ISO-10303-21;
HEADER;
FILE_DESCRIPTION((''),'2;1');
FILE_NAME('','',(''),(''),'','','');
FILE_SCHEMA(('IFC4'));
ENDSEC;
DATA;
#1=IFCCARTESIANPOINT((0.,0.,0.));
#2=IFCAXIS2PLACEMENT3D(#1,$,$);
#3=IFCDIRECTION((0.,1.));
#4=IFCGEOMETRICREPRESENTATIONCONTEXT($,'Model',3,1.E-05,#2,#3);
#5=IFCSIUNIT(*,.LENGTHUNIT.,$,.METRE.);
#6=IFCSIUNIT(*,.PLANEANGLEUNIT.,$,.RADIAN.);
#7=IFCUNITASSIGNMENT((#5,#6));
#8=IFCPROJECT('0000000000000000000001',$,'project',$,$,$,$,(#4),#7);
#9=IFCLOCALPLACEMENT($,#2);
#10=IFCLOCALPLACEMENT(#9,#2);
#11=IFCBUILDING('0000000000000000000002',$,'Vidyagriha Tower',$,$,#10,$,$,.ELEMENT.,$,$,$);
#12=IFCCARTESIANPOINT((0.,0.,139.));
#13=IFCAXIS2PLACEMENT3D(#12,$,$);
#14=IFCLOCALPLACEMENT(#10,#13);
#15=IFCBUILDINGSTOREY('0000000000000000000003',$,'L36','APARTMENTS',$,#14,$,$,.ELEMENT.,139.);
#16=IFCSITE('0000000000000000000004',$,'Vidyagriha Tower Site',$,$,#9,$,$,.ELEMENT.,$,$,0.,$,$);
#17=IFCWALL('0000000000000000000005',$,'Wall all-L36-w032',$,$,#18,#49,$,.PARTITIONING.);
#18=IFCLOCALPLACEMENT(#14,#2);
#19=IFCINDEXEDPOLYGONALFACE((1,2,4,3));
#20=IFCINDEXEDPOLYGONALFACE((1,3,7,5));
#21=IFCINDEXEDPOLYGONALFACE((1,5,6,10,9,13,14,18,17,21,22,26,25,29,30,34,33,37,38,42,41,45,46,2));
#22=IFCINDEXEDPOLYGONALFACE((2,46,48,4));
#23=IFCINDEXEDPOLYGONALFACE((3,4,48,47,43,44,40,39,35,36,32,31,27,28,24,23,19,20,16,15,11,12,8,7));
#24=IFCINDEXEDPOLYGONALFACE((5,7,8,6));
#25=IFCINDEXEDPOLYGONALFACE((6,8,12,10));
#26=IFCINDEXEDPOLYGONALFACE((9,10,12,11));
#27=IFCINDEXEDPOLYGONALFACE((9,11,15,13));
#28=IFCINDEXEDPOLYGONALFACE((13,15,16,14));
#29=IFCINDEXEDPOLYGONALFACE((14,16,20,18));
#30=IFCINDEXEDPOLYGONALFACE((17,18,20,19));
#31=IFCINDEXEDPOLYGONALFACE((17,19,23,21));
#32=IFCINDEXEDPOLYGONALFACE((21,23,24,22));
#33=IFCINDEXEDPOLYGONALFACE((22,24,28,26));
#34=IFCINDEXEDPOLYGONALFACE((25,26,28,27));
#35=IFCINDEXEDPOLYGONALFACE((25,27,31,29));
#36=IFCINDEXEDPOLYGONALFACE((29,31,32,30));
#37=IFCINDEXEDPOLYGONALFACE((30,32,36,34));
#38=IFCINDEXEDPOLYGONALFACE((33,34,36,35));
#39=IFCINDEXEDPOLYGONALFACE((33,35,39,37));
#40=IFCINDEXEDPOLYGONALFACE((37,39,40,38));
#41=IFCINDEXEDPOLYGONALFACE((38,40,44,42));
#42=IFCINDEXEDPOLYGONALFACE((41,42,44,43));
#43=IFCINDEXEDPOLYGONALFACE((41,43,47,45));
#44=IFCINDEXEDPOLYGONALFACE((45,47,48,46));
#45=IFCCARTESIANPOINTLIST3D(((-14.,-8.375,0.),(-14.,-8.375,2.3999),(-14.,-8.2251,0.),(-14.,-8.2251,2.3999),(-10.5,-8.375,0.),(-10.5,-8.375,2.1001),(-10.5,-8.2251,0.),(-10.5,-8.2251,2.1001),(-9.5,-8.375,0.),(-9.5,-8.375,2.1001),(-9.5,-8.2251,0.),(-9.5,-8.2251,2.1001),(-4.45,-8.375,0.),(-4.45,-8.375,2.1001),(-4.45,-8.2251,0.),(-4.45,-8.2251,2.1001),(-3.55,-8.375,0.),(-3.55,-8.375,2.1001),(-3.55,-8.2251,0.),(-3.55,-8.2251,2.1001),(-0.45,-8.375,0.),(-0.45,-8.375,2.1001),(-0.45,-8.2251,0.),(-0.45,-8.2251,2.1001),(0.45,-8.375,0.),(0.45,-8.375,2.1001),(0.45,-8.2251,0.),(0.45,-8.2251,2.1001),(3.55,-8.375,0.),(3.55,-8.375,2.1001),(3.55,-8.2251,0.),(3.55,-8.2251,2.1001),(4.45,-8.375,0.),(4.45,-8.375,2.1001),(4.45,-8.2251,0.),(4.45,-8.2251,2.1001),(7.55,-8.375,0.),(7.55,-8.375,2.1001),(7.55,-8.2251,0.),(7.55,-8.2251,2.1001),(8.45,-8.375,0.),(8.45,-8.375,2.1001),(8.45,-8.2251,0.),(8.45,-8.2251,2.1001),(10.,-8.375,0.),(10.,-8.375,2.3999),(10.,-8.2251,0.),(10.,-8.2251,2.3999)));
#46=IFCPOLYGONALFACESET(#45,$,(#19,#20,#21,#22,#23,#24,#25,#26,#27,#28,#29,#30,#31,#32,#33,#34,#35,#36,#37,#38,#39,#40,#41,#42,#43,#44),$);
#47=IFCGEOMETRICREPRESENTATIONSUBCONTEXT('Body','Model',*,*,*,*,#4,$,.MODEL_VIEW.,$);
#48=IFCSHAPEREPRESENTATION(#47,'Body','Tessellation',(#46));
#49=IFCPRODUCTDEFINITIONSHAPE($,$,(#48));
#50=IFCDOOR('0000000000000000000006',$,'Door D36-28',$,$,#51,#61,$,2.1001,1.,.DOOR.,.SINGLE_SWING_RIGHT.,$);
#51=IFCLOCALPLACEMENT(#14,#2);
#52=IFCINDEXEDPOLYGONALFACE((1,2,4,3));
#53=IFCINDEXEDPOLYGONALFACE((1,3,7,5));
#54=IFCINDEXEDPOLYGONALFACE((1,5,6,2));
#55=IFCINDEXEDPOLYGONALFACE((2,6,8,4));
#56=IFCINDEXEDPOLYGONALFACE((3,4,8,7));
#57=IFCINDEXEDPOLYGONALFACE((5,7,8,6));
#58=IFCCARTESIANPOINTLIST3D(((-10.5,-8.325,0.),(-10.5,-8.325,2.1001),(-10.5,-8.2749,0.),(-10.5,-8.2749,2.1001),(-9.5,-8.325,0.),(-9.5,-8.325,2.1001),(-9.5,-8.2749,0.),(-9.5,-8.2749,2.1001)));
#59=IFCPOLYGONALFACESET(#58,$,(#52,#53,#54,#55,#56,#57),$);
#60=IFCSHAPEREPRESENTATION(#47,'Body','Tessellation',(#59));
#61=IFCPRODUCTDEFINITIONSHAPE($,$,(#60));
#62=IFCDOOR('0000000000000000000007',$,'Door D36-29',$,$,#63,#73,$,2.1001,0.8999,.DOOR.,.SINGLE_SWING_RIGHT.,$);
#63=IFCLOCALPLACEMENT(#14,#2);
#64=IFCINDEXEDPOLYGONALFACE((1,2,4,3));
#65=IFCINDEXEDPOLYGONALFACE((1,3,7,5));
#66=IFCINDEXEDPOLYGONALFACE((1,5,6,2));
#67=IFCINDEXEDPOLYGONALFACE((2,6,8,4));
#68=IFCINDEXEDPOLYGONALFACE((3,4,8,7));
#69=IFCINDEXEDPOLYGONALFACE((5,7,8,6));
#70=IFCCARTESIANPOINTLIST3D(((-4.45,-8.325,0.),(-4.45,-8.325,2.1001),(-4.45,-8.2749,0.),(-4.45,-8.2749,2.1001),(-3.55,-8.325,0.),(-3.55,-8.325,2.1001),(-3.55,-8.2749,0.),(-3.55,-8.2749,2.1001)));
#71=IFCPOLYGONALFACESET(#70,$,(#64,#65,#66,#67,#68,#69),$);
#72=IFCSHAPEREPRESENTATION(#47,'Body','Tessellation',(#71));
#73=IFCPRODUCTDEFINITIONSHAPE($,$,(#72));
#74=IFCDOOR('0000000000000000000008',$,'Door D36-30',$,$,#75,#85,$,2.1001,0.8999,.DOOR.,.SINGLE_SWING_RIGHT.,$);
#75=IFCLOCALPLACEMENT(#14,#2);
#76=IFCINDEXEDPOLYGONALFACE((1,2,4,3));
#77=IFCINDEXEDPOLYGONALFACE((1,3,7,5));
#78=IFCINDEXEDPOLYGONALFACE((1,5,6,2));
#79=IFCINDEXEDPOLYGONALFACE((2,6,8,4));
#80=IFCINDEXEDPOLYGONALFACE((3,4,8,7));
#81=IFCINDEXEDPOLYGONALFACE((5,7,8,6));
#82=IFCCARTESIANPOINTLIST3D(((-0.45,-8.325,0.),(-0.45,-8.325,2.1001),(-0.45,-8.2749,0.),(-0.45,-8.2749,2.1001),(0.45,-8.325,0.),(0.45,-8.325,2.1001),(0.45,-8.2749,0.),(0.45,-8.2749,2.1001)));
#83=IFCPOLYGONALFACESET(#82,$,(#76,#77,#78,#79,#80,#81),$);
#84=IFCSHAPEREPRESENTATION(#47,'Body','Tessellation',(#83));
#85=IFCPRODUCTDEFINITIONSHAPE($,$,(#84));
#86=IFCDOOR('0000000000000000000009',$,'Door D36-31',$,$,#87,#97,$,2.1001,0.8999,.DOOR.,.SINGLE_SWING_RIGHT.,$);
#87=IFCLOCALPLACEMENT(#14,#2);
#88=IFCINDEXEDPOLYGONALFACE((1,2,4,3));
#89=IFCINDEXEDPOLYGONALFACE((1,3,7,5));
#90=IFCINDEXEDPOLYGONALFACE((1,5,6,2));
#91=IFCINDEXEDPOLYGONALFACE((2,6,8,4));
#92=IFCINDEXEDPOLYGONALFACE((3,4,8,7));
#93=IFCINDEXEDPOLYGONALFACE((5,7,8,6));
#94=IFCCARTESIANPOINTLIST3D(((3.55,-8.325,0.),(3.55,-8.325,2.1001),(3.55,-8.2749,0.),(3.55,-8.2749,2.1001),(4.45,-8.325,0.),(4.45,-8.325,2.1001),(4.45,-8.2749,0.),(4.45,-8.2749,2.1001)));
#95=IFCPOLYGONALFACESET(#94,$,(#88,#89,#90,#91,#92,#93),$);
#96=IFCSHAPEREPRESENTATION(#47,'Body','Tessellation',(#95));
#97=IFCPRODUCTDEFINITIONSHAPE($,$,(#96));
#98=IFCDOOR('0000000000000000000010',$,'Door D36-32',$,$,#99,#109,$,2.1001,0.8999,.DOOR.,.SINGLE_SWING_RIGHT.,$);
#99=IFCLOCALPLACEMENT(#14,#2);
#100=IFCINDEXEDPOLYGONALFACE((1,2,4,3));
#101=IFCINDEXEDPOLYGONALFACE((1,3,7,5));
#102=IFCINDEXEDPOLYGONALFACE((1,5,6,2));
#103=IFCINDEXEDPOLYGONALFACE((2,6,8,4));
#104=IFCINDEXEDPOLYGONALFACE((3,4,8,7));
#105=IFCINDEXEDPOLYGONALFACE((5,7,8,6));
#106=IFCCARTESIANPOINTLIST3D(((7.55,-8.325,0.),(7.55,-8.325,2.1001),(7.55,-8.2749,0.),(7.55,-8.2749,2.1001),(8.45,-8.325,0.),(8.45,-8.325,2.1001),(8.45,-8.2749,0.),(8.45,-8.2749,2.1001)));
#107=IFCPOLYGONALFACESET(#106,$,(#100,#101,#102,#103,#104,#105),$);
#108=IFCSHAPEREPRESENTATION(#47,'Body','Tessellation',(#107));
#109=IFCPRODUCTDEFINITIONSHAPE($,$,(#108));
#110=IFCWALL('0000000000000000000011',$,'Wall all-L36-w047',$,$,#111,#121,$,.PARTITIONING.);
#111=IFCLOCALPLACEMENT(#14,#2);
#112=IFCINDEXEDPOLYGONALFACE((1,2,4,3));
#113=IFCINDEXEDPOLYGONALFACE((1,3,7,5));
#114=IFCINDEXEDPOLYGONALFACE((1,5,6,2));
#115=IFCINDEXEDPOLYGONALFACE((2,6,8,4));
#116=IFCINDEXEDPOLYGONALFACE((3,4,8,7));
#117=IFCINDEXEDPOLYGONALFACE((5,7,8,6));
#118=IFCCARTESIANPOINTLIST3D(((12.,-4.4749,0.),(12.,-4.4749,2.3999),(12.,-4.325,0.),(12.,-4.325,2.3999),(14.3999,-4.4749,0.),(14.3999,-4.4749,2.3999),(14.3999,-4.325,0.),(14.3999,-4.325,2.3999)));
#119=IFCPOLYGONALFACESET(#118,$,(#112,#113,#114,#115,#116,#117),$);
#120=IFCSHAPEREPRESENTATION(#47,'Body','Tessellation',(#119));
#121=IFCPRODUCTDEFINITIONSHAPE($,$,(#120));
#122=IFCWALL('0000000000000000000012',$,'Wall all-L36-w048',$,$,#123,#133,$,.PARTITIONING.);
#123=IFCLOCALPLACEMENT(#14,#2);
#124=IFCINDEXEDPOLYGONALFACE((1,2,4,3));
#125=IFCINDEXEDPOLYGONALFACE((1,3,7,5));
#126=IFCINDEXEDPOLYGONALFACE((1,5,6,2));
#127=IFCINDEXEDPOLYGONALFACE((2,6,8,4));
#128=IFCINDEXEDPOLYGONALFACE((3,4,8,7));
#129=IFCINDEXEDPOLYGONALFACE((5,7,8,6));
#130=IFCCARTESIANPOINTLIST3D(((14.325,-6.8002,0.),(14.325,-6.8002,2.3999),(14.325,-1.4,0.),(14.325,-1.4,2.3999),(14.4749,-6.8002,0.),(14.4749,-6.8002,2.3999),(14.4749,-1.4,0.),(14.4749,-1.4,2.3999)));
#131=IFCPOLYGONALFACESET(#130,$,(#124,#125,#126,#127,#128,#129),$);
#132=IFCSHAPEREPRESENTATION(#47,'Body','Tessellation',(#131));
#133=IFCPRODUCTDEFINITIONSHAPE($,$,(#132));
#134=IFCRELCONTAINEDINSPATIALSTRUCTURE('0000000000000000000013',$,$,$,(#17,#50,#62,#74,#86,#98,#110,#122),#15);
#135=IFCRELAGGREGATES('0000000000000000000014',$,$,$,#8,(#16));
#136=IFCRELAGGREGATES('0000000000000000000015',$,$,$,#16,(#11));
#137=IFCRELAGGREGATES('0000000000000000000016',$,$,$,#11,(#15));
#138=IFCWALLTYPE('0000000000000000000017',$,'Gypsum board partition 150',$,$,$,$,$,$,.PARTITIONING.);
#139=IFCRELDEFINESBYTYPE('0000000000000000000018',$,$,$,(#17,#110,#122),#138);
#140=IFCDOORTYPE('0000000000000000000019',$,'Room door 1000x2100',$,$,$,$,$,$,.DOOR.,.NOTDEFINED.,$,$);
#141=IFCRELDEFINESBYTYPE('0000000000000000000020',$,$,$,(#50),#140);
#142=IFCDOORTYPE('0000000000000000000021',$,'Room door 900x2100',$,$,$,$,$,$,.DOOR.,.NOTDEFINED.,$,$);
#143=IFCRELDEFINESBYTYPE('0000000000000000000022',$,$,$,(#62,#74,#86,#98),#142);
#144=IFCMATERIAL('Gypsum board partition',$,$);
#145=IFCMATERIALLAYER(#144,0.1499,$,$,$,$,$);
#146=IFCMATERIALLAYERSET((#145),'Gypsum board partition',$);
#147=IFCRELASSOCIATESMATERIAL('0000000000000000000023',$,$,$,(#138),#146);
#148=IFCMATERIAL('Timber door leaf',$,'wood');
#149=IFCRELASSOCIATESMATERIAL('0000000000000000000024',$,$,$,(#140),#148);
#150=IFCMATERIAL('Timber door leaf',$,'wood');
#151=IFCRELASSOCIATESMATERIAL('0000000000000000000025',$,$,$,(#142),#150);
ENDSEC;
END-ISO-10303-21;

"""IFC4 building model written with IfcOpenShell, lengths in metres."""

from ifc_helpers import new_model, si_unit, direction, frame, frame_2d, origin, place, context, subcontext, project, spatial, rectangle, extrude, material, layer, layer_set, type_object, element, fill, save


model = new_model("IFC4")

# Units and contexts
model_context = context("Model", 3, precision=1e-05, world=origin(), true_north=direction((0.0, 1.0)))
body_context = subcontext(model_context, "Body", "Model", "MODEL_VIEW")
ifc_project = project(units=[si_unit("LENGTHUNIT", "METRE"), si_unit("PLANEANGLEUNIT", "RADIAN")], contexts=[model_context])

# Site, building, storey
site_placement = place(None, origin())
site = spatial("IfcSite", under=ifc_project, at=site_placement, Name="Vidyagriha Tower Site", CompositionType="ELEMENT", RefElevation=0.0)
building_placement = place(site_placement, origin())
building = spatial("IfcBuilding", under=site, at=building_placement, Name="Vidyagriha Tower", CompositionType="ELEMENT")
storey_placement = place(building_placement, frame((0.0, 0.0, 139.0)))
storey = spatial("IfcBuildingStorey", under=building, at=storey_placement, Name="L36", Description="APARTMENTS", CompositionType="ELEMENT", Elevation=139.0)

# Wall, openings, doors
ifc_material_1 = material(Name="Gypsum board partition")
ifc_layer_1 = layer(ifc_material_1, 0.1499)
ifc_layer_set_1 = layer_set([ifc_layer_1], Name="Gypsum board partition")
wall_type_1 = type_object("IfcWallType", Name="Gypsum board partition 150", PredefinedType="PARTITIONING", material=ifc_layer_set_1)
wall_1_placement = place(storey_placement, frame((10.0, -8.3, 0.0), z_axis=(0.0, 0.0, 1.0), x_axis=(-1.0, 0.0, 0.0)))
wall_1 = element("IfcWall", 1, at=wall_1_placement, inside=storey, type_object=wall_type_1, Name="Wall all-L36-w032", PredefinedType="PARTITIONING", context=body_context, shape_type="SweptSolid", body=[
    extrude(rectangle(XDim=24.0, YDim=0.1499, at=frame_2d((12.0, 0.0))), origin(), (0.0, 0.0, 1.0), 2.3999),
])
opening_1_placement = place(wall_1_placement, frame((19.5, 0.0, 0.0)))
opening_1 = element("IfcOpeningElement", 2, at=opening_1_placement, cuts=wall_1, PredefinedType="OPENING", context=body_context, shape_type="SweptSolid", body=[
    extrude(rectangle(XDim=1.0, YDim=2.1001, at=frame_2d((0.5, 1.05))), frame((0.0, 0.085, 0.0), z_axis=(0.0, -1.0, 0.0), x_axis=(1.0, 0.0, 0.0)), (0.0, 0.0, 1.0), 0.1699),
])
opening_2_placement = place(wall_1_placement, frame((13.55, 0.0, 0.0)))
opening_2 = element("IfcOpeningElement", 3, at=opening_2_placement, cuts=wall_1, PredefinedType="OPENING", context=body_context, shape_type="SweptSolid", body=[
    extrude(rectangle(XDim=0.8999, YDim=2.1001, at=frame_2d((0.45, 1.05))), frame((0.0, 0.085, 0.0), z_axis=(0.0, -1.0, 0.0), x_axis=(1.0, 0.0, 0.0)), (0.0, 0.0, 1.0), 0.1699),
])
opening_3_placement = place(wall_1_placement, frame((9.55, 0.0, 0.0)))
opening_3 = element("IfcOpeningElement", 4, at=opening_3_placement, cuts=wall_1, PredefinedType="OPENING", context=body_context, shape_type="SweptSolid", body=[
    extrude(rectangle(XDim=0.8999, YDim=2.1001, at=frame_2d((0.45, 1.05))), frame((0.0, 0.085, 0.0), z_axis=(0.0, -1.0, 0.0), x_axis=(1.0, 0.0, 0.0)), (0.0, 0.0, 1.0), 0.1699),
])
opening_4_placement = place(wall_1_placement, frame((5.55, 0.0, 0.0)))
opening_4 = element("IfcOpeningElement", 5, at=opening_4_placement, cuts=wall_1, PredefinedType="OPENING", context=body_context, shape_type="SweptSolid", body=[
    extrude(rectangle(XDim=0.8999, YDim=2.1001, at=frame_2d((0.45, 1.05))), frame((0.0, 0.085, 0.0), z_axis=(0.0, -1.0, 0.0), x_axis=(1.0, 0.0, 0.0)), (0.0, 0.0, 1.0), 0.1699),
])
opening_5_placement = place(wall_1_placement, frame((1.55, 0.0, 0.0)))
opening_5 = element("IfcOpeningElement", 6, at=opening_5_placement, cuts=wall_1, PredefinedType="OPENING", context=body_context, shape_type="SweptSolid", body=[
    extrude(rectangle(XDim=0.8999, YDim=2.1001, at=frame_2d((0.45, 1.05))), frame((0.0, 0.085, 0.0), z_axis=(0.0, -1.0, 0.0), x_axis=(1.0, 0.0, 0.0)), (0.0, 0.0, 1.0), 0.1699),
])
ifc_material_2 = material(Name="Timber door leaf", Category="wood")
door_type_1 = type_object("IfcDoorType", Name="Room door 1000x2100", OperationType="NOTDEFINED", PredefinedType="DOOR", material=ifc_material_2)
door_1_placement = place(opening_1_placement, origin())
door_1 = element("IfcDoor", 7, at=door_1_placement, inside=storey, type_object=door_type_1, Name="Door D36-28", OperationType="SINGLE_SWING_RIGHT", OverallHeight=2.1001, OverallWidth=1.0, PredefinedType="DOOR", context=body_context, shape_type="SweptSolid", body=[
    extrude(rectangle(XDim=1.0, YDim=2.1001, at=frame_2d((0.5, 1.05))), frame((0.0, 0.0249, 0.0), z_axis=(0.0, -1.0, 0.0), x_axis=(1.0, 0.0, 0.0)), (0.0, 0.0, 1.0), 0.05),
])
fill(opening_1, door_1)
ifc_material_3 = material(Name="Timber door leaf", Category="wood")
door_type_2 = type_object("IfcDoorType", Name="Room door 900x2100", OperationType="NOTDEFINED", PredefinedType="DOOR", material=ifc_material_3)
door_2_placement = place(opening_2_placement, origin())
door_2 = element("IfcDoor", 8, at=door_2_placement, inside=storey, type_object=door_type_2, Name="Door D36-29", OperationType="SINGLE_SWING_RIGHT", OverallHeight=2.1001, OverallWidth=0.8999, PredefinedType="DOOR", context=body_context, shape_type="SweptSolid", body=[
    extrude(rectangle(XDim=0.8999, YDim=2.1001, at=frame_2d((0.45, 1.05))), frame((0.0, 0.0249, 0.0), z_axis=(0.0, -1.0, 0.0), x_axis=(1.0, 0.0, 0.0)), (0.0, 0.0, 1.0), 0.05),
])
fill(opening_2, door_2)
door_3_placement = place(opening_3_placement, origin())
door_3 = element("IfcDoor", 9, at=door_3_placement, inside=storey, type_object=door_type_2, Name="Door D36-30", OperationType="SINGLE_SWING_RIGHT", OverallHeight=2.1001, OverallWidth=0.8999, PredefinedType="DOOR", context=body_context, shape_type="SweptSolid", body=[
    extrude(rectangle(XDim=0.8999, YDim=2.1001, at=frame_2d((0.45, 1.05))), frame((0.0, 0.0249, 0.0), z_axis=(0.0, -1.0, 0.0), x_axis=(1.0, 0.0, 0.0)), (0.0, 0.0, 1.0), 0.05),
])
fill(opening_3, door_3)
door_4_placement = place(opening_4_placement, origin())
door_4 = element("IfcDoor", 10, at=door_4_placement, inside=storey, type_object=door_type_2, Name="Door D36-31", OperationType="SINGLE_SWING_RIGHT", OverallHeight=2.1001, OverallWidth=0.8999, PredefinedType="DOOR", context=body_context, shape_type="SweptSolid", body=[
    extrude(rectangle(XDim=0.8999, YDim=2.1001, at=frame_2d((0.45, 1.05))), frame((0.0, 0.0249, 0.0), z_axis=(0.0, -1.0, 0.0), x_axis=(1.0, 0.0, 0.0)), (0.0, 0.0, 1.0), 0.05),
])
fill(opening_4, door_4)
door_5_placement = place(opening_5_placement, origin())
door_5 = element("IfcDoor", 11, at=door_5_placement, inside=storey, type_object=door_type_2, Name="Door D36-32", OperationType="SINGLE_SWING_RIGHT", OverallHeight=2.1001, OverallWidth=0.8999, PredefinedType="DOOR", context=body_context, shape_type="SweptSolid", body=[
    extrude(rectangle(XDim=0.8999, YDim=2.1001, at=frame_2d((0.45, 1.05))), frame((0.0, 0.0249, 0.0), z_axis=(0.0, -1.0, 0.0), x_axis=(1.0, 0.0, 0.0)), (0.0, 0.0, 1.0), 0.05),
])
fill(opening_5, door_5)

# Walls
wall_2_placement = place(storey_placement, frame((14.3999, -4.3999, 0.0), z_axis=(0.0, 0.0, 1.0), x_axis=(-1.0, 0.0, 0.0)))
element("IfcWall", 12, at=wall_2_placement, inside=storey, type_object=wall_type_1, Name="Wall all-L36-w047", PredefinedType="PARTITIONING", context=body_context, shape_type="SweptSolid", body=[
    extrude(rectangle(XDim=2.3999, YDim=0.1499, at=frame_2d((1.2, 0.0))), origin(), (0.0, 0.0, 1.0), 2.3999),
])
wall_3_placement = place(storey_placement, frame((14.3999, -1.3999, 0.0), z_axis=(0.0, 0.0, 1.0), x_axis=(0.0, -1.0, 0.0)))
element("IfcWall", 13, at=wall_3_placement, inside=storey, type_object=wall_type_1, Name="Wall all-L36-w048", PredefinedType="PARTITIONING", context=body_context, shape_type="SweptSolid", body=[
    extrude(rectangle(XDim=5.4001, YDim=0.1499, at=frame_2d((2.7002, 0.0))), origin(), (0.0, 0.0, 1.0), 2.3999),
])

save(model, "model.ifc")
